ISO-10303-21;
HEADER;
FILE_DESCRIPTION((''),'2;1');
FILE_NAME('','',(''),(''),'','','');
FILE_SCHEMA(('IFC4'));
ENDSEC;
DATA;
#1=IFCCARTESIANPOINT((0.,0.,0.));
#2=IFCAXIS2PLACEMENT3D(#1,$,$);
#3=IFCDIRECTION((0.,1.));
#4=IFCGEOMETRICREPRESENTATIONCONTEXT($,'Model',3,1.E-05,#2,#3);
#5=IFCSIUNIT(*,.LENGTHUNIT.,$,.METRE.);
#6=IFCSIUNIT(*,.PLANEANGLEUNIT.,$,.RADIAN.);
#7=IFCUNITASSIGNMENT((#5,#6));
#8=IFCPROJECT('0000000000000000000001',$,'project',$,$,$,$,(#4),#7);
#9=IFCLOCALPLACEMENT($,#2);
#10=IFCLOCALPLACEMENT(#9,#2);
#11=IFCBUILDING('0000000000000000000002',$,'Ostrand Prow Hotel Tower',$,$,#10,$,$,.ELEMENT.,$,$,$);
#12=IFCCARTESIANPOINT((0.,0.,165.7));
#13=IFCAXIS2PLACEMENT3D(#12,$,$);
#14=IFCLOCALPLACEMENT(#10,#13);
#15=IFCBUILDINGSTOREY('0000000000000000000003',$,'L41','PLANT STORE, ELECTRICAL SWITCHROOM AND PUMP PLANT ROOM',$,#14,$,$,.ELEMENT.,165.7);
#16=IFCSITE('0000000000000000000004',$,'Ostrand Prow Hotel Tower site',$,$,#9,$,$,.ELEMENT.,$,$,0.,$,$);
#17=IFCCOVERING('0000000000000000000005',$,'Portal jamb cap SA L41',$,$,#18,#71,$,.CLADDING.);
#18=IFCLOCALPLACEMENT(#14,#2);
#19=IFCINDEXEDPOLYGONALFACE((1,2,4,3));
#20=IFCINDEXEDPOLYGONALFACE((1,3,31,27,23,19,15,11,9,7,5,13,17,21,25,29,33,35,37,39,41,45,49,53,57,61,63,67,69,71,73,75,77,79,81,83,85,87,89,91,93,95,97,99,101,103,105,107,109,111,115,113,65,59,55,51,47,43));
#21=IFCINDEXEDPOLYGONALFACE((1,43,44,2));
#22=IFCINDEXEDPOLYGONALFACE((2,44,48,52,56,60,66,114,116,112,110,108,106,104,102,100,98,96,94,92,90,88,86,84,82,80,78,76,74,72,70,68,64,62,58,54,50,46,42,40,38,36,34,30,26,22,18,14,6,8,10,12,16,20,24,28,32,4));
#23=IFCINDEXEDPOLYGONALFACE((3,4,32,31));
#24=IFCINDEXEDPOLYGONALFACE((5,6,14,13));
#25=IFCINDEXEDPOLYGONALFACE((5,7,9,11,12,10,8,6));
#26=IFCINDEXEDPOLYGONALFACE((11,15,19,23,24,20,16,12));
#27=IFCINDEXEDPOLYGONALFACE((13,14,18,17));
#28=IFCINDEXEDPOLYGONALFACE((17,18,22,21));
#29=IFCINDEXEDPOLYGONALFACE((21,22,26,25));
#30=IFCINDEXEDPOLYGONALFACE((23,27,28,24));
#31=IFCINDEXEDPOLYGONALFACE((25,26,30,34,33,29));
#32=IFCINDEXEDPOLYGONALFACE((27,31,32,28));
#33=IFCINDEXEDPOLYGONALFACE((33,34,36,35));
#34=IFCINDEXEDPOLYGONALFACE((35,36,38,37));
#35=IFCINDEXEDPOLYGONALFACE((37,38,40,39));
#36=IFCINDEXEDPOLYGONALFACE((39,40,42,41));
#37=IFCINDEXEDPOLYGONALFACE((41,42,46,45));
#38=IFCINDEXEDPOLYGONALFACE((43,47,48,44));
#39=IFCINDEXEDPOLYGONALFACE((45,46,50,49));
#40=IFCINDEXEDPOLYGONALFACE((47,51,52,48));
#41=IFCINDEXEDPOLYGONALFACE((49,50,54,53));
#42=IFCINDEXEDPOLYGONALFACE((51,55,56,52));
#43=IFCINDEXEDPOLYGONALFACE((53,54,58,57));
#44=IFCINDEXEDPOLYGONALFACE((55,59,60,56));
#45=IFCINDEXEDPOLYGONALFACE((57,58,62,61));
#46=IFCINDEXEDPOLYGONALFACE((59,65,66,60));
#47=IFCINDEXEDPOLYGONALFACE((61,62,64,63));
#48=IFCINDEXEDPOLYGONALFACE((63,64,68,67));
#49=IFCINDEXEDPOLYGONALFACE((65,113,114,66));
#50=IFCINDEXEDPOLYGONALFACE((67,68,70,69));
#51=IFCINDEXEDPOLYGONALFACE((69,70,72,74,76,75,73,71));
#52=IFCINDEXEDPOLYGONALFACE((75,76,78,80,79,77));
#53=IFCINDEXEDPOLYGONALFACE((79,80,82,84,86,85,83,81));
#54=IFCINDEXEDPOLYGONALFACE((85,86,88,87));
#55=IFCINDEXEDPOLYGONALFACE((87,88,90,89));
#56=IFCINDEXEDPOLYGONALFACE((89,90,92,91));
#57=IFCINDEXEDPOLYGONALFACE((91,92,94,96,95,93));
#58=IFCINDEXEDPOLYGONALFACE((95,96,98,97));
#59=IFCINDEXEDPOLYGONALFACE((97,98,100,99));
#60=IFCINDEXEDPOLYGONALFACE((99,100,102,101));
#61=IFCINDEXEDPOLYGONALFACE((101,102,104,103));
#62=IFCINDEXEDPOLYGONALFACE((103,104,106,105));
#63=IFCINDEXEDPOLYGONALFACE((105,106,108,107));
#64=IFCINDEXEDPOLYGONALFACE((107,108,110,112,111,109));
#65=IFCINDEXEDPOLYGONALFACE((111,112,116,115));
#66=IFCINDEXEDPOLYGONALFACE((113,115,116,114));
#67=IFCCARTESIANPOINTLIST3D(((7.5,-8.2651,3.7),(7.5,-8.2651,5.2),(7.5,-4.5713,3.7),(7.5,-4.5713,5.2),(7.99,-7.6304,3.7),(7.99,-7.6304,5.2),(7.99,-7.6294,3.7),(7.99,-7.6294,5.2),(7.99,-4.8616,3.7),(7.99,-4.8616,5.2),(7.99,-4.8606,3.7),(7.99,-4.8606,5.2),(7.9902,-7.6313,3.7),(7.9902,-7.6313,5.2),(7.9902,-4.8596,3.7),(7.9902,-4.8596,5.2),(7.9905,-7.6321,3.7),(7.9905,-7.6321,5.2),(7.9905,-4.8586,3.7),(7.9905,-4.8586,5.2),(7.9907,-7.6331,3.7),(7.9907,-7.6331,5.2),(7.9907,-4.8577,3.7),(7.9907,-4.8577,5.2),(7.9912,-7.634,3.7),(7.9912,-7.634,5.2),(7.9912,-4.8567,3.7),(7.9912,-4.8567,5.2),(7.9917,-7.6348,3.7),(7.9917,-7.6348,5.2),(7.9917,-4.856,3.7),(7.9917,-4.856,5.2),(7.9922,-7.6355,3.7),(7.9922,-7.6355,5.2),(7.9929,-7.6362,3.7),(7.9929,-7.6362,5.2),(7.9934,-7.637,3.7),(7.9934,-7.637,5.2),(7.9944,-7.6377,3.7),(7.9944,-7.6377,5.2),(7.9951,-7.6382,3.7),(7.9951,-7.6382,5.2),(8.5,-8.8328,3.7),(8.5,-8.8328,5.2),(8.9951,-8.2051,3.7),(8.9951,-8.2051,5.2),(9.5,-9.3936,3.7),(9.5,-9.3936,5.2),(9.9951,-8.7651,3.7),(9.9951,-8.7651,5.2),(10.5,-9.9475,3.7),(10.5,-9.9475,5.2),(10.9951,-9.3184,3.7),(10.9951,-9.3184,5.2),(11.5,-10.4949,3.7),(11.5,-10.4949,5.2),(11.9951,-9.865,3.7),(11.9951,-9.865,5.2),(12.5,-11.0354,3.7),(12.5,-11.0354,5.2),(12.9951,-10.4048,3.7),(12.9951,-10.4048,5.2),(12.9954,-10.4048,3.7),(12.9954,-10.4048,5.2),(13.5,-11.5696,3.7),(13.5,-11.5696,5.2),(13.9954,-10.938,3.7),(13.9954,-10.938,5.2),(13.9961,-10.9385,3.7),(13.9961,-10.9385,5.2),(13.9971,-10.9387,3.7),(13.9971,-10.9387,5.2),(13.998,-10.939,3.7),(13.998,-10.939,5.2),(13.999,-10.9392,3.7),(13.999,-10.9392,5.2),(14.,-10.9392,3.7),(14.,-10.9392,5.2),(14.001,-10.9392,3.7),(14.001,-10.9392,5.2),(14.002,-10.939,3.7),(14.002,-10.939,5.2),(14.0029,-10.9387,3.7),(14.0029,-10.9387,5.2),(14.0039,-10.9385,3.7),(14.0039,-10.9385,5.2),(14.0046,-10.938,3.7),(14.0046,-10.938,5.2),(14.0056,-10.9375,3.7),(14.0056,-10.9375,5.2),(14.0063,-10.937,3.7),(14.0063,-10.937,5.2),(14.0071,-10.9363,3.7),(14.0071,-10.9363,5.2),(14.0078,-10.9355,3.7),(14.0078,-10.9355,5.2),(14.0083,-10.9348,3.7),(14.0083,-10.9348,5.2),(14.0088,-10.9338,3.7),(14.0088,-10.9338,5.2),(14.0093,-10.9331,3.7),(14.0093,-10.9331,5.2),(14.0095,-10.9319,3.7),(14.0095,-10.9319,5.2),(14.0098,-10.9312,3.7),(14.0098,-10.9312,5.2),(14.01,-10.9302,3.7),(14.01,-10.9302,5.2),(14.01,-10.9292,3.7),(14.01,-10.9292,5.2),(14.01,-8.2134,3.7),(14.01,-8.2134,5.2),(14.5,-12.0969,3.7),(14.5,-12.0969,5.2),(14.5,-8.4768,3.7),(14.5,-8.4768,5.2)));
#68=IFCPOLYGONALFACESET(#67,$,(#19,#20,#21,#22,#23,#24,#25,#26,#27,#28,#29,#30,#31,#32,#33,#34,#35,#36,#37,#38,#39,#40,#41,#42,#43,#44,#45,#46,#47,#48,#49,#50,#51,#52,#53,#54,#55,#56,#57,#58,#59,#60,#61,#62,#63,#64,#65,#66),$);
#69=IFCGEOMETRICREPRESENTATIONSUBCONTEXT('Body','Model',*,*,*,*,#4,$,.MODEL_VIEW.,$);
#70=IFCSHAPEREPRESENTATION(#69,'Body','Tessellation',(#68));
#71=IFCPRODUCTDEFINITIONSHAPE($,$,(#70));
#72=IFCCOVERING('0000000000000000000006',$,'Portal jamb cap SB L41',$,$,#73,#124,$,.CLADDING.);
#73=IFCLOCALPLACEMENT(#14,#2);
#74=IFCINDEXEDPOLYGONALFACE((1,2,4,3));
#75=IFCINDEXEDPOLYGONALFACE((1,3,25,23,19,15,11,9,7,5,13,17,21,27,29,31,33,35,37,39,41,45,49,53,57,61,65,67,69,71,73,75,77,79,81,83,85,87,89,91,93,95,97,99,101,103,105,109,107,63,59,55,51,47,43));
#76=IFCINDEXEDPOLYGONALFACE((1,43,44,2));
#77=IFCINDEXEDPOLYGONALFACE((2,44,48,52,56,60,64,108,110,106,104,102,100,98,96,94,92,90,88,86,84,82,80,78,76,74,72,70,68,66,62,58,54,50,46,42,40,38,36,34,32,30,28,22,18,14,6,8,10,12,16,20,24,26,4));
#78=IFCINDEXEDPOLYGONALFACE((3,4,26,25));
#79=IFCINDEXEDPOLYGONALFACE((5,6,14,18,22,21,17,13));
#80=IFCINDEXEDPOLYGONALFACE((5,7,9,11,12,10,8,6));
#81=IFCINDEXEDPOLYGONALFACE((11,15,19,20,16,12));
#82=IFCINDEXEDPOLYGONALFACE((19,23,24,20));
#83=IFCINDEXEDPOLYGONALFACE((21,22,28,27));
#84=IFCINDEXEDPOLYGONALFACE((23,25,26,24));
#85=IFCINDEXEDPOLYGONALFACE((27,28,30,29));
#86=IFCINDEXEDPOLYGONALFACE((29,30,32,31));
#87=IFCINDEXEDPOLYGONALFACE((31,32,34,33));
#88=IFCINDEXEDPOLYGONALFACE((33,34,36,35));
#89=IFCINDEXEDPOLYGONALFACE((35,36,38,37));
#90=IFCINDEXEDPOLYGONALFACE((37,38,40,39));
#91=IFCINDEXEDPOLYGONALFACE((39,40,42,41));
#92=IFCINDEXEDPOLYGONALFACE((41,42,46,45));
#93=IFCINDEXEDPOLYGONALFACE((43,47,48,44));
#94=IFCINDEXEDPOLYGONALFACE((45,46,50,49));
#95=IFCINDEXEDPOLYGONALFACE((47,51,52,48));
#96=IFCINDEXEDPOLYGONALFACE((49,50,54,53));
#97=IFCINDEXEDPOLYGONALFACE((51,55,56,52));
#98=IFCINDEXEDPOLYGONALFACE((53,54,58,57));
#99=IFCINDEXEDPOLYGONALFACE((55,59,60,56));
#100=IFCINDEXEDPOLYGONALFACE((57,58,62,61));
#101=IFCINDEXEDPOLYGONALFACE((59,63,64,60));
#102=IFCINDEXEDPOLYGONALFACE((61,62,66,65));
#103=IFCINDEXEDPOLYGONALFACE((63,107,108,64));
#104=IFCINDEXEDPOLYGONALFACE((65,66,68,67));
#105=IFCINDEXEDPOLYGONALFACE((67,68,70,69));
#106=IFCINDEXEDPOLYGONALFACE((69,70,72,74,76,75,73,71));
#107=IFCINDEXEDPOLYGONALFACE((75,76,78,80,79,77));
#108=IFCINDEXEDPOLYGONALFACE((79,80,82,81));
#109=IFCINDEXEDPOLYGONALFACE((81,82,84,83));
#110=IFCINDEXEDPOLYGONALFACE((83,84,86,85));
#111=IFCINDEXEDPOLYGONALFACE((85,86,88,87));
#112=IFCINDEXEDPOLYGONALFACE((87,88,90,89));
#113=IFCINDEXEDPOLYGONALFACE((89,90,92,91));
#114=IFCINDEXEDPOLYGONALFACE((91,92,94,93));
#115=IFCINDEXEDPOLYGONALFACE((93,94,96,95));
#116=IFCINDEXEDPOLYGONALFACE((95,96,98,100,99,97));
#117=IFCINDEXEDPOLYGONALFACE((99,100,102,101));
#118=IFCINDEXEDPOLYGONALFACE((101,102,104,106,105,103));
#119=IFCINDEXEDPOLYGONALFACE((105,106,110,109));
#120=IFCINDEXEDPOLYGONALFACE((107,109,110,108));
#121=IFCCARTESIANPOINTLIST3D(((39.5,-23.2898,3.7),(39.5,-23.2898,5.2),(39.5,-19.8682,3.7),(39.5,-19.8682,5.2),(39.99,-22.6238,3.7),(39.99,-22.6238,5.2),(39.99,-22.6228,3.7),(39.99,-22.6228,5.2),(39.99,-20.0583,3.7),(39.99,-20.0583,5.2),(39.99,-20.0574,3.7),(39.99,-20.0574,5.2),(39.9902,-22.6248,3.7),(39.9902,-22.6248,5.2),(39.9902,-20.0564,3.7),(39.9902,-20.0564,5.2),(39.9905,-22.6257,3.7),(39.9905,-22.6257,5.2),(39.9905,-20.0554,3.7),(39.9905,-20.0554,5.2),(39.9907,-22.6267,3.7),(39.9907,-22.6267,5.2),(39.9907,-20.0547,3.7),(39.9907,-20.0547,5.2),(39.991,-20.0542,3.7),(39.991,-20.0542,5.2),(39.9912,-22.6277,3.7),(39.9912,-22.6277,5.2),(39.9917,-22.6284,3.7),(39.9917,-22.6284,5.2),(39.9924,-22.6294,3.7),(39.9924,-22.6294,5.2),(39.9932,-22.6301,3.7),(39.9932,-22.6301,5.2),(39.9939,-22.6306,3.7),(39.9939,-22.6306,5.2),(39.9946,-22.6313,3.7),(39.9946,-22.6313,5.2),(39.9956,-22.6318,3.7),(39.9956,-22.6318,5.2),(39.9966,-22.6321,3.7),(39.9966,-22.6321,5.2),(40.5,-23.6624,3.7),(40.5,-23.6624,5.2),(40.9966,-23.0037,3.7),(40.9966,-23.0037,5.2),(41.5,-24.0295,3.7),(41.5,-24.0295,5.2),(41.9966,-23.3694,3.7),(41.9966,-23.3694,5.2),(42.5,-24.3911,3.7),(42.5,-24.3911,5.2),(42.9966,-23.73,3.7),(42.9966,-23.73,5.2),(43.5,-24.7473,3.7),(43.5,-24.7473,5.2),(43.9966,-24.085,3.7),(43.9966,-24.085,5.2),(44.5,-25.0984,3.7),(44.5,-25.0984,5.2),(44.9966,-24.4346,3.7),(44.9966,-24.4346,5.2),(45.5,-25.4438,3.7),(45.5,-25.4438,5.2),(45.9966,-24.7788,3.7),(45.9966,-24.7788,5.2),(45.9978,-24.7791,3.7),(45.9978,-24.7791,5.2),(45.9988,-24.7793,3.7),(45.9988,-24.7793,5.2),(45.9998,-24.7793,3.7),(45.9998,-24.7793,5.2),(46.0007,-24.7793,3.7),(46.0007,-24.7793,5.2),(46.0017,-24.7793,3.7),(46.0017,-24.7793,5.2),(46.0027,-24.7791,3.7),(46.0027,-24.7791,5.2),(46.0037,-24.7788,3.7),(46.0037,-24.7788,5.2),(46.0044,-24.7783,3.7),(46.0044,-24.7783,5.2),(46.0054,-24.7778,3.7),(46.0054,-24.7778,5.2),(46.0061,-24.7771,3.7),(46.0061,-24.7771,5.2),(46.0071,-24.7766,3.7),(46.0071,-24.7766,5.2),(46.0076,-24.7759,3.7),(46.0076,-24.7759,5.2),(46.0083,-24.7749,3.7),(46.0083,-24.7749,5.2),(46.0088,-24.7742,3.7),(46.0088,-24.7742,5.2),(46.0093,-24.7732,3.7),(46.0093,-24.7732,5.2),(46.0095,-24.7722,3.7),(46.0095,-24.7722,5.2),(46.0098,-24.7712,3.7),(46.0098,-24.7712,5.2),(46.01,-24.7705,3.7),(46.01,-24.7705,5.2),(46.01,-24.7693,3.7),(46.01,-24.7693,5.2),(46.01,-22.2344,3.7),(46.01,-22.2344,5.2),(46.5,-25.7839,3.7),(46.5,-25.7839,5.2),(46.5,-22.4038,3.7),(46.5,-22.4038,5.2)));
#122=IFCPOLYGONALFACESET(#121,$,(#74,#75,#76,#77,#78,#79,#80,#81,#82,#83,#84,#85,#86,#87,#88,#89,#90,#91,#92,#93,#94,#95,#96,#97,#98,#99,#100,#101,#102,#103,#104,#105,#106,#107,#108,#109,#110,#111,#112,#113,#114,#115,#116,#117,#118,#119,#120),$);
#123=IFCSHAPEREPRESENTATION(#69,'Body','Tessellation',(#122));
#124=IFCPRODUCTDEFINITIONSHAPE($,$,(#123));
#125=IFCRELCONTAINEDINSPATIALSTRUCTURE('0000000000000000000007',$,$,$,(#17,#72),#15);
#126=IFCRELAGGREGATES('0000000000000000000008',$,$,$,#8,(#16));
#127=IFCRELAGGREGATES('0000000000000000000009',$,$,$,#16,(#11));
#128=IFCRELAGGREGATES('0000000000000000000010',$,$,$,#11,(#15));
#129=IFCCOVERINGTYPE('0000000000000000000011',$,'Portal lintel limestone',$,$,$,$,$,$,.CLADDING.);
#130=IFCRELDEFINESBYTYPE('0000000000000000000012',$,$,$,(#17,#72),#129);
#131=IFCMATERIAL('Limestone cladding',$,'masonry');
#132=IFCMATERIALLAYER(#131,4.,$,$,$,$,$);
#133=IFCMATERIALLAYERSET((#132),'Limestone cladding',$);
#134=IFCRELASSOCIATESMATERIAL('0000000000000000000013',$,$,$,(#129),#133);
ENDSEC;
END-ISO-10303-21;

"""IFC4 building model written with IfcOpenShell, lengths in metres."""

from ifc_helpers import new_model, si_unit, direction, frame, origin, place, context, subcontext, project, spatial, polyline, outline, extrude, material, layer, layer_set, type_object, element, save


model = new_model("IFC4")

# Units and contexts
model_context = context("Model", 3, precision=1e-05, world=origin(), true_north=direction((0.0, 1.0)))
body_context = subcontext(model_context, "Body", "Model", "MODEL_VIEW")
ifc_project = project(units=[si_unit("LENGTHUNIT", "METRE"), si_unit("PLANEANGLEUNIT", "RADIAN")], contexts=[model_context])

# Site, building, storey
site_placement = place(None, origin())
site = spatial("IfcSite", under=ifc_project, at=site_placement, Name="Ostrand Prow Hotel Tower site", CompositionType="ELEMENT", RefElevation=0.0)
building_placement = place(site_placement, origin())
building = spatial("IfcBuilding", under=site, at=building_placement, Name="Ostrand Prow Hotel Tower", CompositionType="ELEMENT")
storey_placement = place(building_placement, frame((0.0, 0.0, 165.7)))
storey = spatial("IfcBuildingStorey", under=building, at=storey_placement, Name="L41", Description="PLANT STORE, ELECTRICAL SWITCHROOM AND PUMP PLANT ROOM", CompositionType="ELEMENT", Elevation=165.7)

# Coverings
ifc_material_1 = material(Name="Limestone cladding", Category="masonry")
ifc_layer_1 = layer(ifc_material_1, 4.0)
ifc_layer_set_1 = layer_set([ifc_layer_1], Name="Limestone cladding")
covering_type_1 = type_object("IfcCoveringType", Name="Portal lintel limestone", PredefinedType="CLADDING", material=ifc_layer_set_1)
covering_1_placement = place(storey_placement, frame((0.0, 0.0, 3.7)))
element("IfcCovering", 1, at=covering_1_placement, inside=storey, type_object=covering_type_1, Name="Portal jamb cap SA L41", PredefinedType="CLADDING", context=body_context, shape_type="SweptSolid", body=[
    extrude(outline(polyline([(7.9917, -4.856), (7.5, -4.5713), (7.5, -8.2651), (8.5, -8.8328), (9.5, -9.3936), (10.5, -9.9475), (11.5, -10.4949), (12.5, -11.0354), (13.5, -11.5696), (14.5, -12.0969), (14.5, -8.4768), (14.01, -8.2134), (14.01, -10.9292), (14.01, -10.9302), (14.0098, -10.9312), (14.0095, -10.9319), (14.0093, -10.9331), (14.0088, -10.9338), (14.0083, -10.9348), (14.0078, -10.9355), (14.0071, -10.9363), (14.0063, -10.937), (14.0056, -10.9375), (14.0046, -10.938), (14.0039, -10.9385), (14.0029, -10.9387), (14.002, -10.939), (14.001, -10.9392), (14.0, -10.9392), (13.999, -10.9392), (13.998, -10.939), (13.9971, -10.9387), (13.9961, -10.9385), (13.9954, -10.938), (12.9954, -10.4048), (12.9951, -10.4048), (11.9951, -9.865), (11.9951, -9.865), (10.9951, -9.3184), (10.9951, -9.3184), (9.9951, -8.7651), (9.9951, -8.7651), (8.9951, -8.2051), (8.9951, -8.2051), (7.9951, -7.6382), (7.9944, -7.6377), (7.9934, -7.637), (7.9929, -7.6362), (7.9922, -7.6355), (7.9917, -7.6348), (7.9912, -7.634), (7.9907, -7.6331), (7.9905, -7.6321), (7.9902, -7.6313), (7.99, -7.6304), (7.99, -7.6294), (7.99, -4.8616), (7.99, -4.8606), (7.9902, -4.8596), (7.9905, -4.8586), (7.9907, -4.8577), (7.9912, -4.8567), (7.9917, -4.856), (7.9917, -4.856)])), origin(), (0.0, 0.0, 1.0), 1.5),
])
covering_2_placement = place(storey_placement, frame((0.0, 0.0, 3.7)))
element("IfcCovering", 2, at=covering_2_placement, inside=storey, type_object=covering_type_1, Name="Portal jamb cap SB L41", PredefinedType="CLADDING", context=body_context, shape_type="SweptSolid", body=[
    extrude(outline(polyline([(39.991, -20.0542), (39.5, -19.8682), (39.5, -23.2898), (40.5, -23.6624), (41.5, -24.0295), (42.5, -24.3911), (43.5, -24.7473), (44.5, -25.0984), (45.5, -25.4438), (46.5, -25.7839), (46.5, -22.4038), (46.01, -22.2344), (46.01, -24.7693), (46.01, -24.7705), (46.0098, -24.7712), (46.0095, -24.7722), (46.0093, -24.7732), (46.0088, -24.7742), (46.0083, -24.7749), (46.0076, -24.7759), (46.0071, -24.7766), (46.0061, -24.7771), (46.0054, -24.7778), (46.0044, -24.7783), (46.0037, -24.7788), (46.0027, -24.7791), (46.0017, -24.7793), (46.0007, -24.7793), (45.9998, -24.7793), (45.9988, -24.7793), (45.9978, -24.7791), (45.9966, -24.7788), (44.9966, -24.4346), (44.9966, -24.4346), (43.9966, -24.085), (43.9966, -24.085), (42.9966, -23.73), (42.9966, -23.73), (41.9966, -23.3694), (41.9966, -23.3694), (40.9966, -23.0037), (40.9966, -23.0037), (39.9966, -22.6321), (39.9956, -22.6318), (39.9946, -22.6313), (39.9939, -22.6306), (39.9932, -22.6301), (39.9924, -22.6294), (39.9917, -22.6284), (39.9912, -22.6277), (39.9907, -22.6267), (39.9905, -22.6257), (39.9902, -22.6248), (39.99, -22.6238), (39.99, -22.6228), (39.99, -20.0583), (39.99, -20.0574), (39.9902, -20.0564), (39.9905, -20.0554), (39.9907, -20.0547), (39.991, -20.0542)])), origin(), (0.0, 0.0, 1.0), 1.5),
])

save(model, "model.ifc")
